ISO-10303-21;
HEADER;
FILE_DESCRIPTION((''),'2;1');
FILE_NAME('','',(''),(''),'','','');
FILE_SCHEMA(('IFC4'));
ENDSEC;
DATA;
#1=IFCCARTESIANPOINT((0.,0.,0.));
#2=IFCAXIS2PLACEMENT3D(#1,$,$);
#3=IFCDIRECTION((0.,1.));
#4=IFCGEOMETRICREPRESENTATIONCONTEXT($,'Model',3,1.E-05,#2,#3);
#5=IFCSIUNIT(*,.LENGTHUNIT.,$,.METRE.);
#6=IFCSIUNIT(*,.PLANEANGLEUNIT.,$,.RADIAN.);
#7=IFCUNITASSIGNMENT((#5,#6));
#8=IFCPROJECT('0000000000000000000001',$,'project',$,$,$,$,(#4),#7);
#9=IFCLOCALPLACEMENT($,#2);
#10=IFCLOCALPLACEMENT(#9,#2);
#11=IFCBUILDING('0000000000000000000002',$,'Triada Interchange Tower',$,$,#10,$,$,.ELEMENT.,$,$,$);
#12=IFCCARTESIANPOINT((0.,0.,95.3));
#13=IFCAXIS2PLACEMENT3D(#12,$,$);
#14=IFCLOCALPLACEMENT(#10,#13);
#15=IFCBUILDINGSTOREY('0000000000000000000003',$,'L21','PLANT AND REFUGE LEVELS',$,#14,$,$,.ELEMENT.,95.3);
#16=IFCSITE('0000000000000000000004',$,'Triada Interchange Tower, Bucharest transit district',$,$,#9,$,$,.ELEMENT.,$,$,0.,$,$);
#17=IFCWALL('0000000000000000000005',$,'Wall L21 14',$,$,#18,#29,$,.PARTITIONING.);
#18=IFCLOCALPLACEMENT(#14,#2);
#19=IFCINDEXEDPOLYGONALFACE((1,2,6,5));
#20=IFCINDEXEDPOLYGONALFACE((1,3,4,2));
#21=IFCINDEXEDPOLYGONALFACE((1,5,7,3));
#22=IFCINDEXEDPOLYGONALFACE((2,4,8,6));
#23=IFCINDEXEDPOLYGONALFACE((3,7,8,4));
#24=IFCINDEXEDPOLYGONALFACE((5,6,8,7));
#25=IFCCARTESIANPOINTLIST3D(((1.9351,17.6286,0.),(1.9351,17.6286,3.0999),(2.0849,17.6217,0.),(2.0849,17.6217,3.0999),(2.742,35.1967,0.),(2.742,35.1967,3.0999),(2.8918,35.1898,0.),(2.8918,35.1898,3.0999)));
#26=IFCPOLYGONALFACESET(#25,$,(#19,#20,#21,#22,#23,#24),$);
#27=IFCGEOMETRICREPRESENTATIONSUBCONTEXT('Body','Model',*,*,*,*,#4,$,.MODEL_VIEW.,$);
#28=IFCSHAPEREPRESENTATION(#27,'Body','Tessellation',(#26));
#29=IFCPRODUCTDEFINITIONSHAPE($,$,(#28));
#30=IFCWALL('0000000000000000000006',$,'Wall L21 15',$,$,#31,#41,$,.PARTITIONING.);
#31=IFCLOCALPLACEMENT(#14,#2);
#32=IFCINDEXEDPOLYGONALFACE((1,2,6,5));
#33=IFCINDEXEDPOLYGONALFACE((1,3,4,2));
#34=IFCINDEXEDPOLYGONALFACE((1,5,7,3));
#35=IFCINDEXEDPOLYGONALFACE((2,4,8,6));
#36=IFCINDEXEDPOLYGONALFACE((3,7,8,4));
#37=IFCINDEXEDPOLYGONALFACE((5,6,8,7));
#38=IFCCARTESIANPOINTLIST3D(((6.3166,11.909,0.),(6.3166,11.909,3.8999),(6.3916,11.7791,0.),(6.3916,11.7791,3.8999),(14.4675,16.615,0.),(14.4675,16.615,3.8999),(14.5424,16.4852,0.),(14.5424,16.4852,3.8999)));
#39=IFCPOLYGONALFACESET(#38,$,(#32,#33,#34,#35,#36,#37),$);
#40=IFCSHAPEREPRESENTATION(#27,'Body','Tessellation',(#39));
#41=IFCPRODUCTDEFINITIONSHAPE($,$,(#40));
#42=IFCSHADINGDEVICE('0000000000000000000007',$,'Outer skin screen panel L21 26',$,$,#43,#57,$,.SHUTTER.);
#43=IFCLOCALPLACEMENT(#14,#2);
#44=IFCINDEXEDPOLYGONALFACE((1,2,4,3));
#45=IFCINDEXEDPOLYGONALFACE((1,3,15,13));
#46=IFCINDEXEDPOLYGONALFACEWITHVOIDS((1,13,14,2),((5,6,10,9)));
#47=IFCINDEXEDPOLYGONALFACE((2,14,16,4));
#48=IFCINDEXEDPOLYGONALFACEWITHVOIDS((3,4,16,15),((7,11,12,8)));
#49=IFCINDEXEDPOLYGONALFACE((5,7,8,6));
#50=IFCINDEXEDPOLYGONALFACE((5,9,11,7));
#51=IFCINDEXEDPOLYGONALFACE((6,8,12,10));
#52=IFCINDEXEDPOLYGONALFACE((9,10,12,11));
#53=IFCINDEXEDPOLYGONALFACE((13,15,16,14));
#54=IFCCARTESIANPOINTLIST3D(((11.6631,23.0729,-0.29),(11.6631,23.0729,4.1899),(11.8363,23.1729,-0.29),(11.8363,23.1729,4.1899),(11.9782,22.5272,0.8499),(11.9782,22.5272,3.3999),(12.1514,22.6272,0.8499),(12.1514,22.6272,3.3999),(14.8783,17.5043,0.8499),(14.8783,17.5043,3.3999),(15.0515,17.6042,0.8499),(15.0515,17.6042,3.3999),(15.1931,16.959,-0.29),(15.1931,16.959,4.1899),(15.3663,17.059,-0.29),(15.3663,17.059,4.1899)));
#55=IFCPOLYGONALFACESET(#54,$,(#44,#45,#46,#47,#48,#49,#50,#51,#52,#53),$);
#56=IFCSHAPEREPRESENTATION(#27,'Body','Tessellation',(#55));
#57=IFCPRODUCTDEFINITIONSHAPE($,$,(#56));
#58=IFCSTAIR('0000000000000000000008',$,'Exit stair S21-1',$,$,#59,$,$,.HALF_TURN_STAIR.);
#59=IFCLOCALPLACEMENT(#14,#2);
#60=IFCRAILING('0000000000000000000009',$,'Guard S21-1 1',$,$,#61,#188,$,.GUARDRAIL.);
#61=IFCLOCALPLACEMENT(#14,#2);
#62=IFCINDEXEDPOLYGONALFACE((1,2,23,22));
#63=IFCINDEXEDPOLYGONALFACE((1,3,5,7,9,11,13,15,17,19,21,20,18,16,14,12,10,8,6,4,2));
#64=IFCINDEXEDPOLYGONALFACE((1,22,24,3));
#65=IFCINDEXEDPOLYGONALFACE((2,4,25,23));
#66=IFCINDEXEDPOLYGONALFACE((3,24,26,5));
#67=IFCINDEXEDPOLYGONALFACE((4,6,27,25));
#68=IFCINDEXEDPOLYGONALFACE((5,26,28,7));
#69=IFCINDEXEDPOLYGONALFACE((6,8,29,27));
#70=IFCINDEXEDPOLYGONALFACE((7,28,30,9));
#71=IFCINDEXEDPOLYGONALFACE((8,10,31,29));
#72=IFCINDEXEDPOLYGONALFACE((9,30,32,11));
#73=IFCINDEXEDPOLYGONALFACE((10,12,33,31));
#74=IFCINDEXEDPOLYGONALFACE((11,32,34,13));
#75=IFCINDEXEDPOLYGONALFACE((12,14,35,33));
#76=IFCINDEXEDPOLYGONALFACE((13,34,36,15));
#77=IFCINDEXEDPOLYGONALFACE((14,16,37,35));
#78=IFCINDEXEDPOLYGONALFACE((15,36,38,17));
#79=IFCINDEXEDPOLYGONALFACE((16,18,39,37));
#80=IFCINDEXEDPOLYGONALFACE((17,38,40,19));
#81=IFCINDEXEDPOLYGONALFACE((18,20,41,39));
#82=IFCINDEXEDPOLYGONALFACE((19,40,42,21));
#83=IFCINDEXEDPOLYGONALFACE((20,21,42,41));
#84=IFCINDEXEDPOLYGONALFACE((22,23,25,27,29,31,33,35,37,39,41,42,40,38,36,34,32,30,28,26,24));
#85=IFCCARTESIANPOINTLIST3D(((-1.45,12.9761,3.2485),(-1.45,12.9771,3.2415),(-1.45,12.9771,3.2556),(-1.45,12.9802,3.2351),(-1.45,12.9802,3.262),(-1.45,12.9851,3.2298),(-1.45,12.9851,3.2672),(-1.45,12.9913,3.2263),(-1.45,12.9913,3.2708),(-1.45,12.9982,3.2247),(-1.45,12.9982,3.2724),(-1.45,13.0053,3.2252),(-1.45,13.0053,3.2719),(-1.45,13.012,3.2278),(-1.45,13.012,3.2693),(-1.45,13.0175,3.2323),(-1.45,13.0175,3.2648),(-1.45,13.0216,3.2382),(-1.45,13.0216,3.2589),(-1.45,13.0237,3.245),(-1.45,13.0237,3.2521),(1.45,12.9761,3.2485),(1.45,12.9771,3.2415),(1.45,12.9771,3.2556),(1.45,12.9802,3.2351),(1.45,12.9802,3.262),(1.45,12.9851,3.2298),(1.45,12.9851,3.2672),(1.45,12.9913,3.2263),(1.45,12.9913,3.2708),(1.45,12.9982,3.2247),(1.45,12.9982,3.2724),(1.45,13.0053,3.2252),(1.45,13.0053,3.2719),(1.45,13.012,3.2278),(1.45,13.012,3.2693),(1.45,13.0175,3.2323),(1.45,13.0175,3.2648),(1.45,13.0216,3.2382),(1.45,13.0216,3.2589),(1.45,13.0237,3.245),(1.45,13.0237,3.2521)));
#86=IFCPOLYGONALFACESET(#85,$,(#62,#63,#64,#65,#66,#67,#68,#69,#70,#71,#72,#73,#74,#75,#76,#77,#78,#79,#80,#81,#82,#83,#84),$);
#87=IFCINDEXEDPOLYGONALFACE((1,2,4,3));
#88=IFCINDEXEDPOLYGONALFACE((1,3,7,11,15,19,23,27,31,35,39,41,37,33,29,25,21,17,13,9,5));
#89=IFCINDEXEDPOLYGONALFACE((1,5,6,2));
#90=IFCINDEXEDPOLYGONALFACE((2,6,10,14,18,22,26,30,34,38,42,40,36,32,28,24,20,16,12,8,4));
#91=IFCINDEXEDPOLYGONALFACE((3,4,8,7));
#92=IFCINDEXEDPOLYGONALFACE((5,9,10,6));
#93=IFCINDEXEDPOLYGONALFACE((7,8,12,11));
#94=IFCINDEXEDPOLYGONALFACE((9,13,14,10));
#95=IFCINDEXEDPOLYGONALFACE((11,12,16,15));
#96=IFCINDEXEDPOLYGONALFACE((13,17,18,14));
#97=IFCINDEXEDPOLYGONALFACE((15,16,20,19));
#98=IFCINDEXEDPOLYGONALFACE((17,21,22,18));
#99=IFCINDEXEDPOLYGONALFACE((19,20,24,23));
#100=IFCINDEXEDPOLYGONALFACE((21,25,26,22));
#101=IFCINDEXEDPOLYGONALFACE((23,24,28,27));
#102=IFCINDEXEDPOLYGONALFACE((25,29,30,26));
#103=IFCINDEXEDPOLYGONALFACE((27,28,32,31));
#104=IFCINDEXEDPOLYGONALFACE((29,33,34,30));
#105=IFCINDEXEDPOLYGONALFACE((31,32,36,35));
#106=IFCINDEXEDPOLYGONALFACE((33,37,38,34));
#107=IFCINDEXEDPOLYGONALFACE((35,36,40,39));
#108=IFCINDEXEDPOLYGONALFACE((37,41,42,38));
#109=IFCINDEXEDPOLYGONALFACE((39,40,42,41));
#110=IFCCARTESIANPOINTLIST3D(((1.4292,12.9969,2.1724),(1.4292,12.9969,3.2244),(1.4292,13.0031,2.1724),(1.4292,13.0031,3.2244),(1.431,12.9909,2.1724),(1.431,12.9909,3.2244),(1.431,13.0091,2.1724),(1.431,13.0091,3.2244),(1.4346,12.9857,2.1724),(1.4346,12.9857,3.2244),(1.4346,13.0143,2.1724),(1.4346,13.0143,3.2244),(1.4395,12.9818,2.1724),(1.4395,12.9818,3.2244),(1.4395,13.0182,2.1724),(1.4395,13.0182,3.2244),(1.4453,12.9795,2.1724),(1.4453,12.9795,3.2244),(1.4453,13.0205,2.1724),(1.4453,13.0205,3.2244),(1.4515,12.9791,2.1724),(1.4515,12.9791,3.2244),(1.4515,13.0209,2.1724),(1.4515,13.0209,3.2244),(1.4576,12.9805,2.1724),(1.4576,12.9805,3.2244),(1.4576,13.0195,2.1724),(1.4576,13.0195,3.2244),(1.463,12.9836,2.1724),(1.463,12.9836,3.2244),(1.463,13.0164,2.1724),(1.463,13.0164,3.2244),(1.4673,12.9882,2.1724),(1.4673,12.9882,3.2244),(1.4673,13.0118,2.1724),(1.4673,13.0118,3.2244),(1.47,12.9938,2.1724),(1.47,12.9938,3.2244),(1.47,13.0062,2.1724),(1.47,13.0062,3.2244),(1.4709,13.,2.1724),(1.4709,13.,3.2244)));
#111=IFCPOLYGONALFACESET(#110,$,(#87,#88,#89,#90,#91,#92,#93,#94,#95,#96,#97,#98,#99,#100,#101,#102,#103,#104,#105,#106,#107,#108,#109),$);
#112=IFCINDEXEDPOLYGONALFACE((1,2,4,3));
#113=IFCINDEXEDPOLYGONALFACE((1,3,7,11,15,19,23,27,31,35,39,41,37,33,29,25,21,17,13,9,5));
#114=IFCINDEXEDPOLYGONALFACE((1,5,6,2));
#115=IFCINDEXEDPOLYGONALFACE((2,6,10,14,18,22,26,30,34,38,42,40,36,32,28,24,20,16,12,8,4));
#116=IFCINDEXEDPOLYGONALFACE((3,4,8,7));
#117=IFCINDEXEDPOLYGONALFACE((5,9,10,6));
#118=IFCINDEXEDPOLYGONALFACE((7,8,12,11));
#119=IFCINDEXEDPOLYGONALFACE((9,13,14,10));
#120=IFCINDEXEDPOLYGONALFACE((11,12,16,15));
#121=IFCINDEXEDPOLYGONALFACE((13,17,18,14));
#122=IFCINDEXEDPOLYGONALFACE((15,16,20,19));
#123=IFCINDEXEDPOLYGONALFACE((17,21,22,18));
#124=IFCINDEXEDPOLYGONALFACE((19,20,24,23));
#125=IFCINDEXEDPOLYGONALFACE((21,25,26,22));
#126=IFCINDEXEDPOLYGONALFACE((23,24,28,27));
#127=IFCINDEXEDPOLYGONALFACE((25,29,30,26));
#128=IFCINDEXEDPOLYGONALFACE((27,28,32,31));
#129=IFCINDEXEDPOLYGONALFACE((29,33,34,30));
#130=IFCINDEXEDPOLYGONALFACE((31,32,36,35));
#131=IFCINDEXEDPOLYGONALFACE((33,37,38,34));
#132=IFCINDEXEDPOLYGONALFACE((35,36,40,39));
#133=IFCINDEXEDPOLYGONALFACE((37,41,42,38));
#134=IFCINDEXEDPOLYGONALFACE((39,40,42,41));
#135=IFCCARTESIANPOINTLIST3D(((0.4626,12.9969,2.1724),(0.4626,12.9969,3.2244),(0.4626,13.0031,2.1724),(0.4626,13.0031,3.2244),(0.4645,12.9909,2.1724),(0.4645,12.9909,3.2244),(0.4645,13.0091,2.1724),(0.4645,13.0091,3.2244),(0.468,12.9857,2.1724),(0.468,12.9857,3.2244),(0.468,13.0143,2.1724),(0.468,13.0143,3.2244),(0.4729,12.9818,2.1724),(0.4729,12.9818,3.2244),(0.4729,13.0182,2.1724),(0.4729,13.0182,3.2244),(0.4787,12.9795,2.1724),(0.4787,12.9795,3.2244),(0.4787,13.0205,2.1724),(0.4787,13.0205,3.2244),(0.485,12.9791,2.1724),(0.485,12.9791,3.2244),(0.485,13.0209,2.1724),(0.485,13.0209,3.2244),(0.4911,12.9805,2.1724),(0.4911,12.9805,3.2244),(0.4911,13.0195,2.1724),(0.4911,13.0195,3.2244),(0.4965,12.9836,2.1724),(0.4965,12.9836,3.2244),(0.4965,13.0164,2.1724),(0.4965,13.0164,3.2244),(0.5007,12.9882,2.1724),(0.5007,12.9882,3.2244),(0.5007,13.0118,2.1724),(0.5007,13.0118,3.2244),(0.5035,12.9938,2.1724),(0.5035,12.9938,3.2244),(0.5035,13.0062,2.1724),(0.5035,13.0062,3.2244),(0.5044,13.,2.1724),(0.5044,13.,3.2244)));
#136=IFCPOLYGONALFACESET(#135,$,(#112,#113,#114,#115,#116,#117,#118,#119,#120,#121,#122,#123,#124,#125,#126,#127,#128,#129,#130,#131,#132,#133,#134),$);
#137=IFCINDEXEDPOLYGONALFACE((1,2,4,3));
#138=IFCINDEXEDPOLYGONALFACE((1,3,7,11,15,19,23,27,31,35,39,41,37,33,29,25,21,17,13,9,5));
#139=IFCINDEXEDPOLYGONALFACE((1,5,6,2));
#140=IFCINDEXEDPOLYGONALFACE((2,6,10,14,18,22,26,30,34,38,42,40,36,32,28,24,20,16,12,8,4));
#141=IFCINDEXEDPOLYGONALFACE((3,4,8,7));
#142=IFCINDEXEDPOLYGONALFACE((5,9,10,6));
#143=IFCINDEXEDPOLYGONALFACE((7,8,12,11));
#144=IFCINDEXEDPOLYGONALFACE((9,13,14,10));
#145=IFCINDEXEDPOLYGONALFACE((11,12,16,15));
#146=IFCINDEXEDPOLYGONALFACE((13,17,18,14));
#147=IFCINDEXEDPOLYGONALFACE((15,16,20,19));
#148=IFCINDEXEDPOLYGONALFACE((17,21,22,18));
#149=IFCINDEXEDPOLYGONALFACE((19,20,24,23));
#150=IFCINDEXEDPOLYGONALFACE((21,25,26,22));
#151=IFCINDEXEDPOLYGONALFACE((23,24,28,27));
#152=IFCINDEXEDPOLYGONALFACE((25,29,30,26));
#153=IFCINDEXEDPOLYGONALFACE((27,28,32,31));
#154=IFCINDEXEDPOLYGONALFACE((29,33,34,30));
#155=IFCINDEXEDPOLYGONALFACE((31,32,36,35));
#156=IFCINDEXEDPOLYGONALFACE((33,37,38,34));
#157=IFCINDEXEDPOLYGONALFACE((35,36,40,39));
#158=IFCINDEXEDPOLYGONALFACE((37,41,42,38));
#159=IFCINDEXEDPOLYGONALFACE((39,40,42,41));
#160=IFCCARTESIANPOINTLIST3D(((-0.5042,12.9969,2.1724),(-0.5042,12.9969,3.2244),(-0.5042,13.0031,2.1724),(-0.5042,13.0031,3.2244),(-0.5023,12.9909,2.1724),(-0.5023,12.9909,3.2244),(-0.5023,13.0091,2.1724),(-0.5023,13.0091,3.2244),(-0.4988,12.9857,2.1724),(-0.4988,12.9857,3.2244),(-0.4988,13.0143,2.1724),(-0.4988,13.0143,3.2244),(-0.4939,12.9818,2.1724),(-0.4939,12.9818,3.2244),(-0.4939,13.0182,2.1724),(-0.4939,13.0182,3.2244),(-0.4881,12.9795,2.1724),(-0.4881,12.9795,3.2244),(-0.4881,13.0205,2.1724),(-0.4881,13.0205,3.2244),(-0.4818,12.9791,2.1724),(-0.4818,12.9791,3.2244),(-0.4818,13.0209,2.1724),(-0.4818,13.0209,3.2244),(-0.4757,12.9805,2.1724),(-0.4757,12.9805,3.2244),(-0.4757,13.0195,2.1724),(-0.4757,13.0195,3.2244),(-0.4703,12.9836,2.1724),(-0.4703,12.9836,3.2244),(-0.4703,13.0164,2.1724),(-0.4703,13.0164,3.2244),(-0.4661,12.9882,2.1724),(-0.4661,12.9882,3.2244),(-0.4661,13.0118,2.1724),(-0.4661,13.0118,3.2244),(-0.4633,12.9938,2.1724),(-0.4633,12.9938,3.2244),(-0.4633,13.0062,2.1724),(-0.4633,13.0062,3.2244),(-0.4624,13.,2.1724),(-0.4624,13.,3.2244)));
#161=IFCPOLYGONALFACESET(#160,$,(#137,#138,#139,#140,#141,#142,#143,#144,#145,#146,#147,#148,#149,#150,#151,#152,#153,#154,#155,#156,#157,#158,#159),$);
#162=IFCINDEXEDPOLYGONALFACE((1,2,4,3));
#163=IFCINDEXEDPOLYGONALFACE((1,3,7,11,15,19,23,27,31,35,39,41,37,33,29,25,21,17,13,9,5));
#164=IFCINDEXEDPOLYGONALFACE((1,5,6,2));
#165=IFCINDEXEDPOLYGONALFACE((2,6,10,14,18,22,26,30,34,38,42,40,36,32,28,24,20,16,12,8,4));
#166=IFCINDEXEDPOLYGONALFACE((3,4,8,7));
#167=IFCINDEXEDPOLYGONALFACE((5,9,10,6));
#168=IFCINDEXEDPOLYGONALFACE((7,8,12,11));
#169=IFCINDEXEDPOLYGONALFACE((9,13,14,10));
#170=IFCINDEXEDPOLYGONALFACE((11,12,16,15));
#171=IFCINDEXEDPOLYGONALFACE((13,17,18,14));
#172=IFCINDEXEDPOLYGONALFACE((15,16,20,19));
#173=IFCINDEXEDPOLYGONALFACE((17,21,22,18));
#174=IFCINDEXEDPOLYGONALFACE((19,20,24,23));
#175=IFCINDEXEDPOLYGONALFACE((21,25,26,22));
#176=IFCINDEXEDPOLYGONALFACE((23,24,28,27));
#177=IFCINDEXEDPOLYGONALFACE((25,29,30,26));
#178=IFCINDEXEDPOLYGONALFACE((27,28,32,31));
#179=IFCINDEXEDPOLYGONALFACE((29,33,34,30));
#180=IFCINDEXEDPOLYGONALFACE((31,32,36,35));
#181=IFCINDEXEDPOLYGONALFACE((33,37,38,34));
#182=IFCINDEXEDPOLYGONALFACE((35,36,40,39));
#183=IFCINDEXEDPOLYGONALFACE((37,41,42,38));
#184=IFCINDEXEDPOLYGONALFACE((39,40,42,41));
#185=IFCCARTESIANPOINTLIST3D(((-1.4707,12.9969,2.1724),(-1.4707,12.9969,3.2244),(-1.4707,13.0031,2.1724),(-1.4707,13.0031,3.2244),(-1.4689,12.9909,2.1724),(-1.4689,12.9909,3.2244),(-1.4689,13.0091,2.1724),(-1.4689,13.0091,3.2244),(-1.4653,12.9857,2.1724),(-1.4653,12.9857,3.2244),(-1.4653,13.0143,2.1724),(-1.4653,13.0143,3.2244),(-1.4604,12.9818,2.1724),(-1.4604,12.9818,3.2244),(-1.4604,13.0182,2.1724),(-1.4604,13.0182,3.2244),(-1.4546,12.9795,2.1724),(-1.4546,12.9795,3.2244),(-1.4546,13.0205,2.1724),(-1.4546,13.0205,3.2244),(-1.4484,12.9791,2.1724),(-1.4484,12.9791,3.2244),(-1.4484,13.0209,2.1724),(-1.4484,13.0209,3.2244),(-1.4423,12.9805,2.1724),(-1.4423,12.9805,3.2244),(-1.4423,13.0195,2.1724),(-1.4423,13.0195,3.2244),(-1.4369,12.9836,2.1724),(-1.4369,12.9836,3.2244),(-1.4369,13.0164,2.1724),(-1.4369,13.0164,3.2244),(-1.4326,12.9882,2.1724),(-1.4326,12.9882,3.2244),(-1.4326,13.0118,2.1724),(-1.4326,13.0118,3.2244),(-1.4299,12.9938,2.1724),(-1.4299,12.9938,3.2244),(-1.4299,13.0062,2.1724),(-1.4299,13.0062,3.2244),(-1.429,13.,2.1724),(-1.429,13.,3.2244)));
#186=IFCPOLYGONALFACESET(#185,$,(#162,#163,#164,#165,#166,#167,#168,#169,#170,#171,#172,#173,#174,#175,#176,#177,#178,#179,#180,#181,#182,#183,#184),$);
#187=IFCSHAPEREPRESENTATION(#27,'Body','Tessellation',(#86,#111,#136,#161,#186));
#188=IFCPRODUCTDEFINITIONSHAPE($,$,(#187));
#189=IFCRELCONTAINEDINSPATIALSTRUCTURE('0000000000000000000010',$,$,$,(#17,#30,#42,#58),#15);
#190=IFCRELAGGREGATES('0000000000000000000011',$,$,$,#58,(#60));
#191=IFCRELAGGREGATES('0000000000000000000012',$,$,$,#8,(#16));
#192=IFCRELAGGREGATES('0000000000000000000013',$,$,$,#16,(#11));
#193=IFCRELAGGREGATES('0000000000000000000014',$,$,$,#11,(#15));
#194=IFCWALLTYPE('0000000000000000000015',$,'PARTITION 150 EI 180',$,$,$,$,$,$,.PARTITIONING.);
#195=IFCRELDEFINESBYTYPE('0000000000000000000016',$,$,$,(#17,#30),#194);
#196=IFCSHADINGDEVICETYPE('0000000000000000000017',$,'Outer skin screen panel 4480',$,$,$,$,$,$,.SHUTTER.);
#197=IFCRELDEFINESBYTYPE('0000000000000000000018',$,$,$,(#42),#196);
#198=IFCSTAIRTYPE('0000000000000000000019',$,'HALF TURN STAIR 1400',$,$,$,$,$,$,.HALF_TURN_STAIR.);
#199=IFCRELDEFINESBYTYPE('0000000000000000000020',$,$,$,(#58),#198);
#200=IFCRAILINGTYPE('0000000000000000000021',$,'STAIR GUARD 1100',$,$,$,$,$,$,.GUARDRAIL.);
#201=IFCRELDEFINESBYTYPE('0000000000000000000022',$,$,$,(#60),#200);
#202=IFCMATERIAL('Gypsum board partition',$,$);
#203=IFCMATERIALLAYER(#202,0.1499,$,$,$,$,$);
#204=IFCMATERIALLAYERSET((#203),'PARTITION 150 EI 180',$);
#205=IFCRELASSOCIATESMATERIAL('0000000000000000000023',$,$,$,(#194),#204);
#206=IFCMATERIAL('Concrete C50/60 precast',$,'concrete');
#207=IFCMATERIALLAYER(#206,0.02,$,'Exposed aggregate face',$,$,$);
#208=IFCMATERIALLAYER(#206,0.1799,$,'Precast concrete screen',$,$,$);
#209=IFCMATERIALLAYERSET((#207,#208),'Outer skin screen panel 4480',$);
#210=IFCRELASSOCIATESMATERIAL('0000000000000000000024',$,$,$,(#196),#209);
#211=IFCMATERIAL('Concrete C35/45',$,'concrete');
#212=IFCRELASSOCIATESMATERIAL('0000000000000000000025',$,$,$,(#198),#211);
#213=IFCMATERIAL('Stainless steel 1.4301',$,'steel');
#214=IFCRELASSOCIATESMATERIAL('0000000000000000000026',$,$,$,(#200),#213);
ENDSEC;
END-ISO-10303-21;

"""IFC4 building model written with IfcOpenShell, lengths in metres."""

from ifc_helpers import new_model, si_unit, direction, frame, frame_2d, origin, origin_2d, place, context, subcontext, project, spatial, polyline, rectangle, circle, outline, extrude, material, layer, layer_set, type_object, element, aggregate, save


model = new_model("IFC4")

# Units and contexts
model_context = context("Model", 3, precision=1e-05, world=origin(), true_north=direction((0.0, 1.0)))
body_context = subcontext(model_context, "Body", "Model", "MODEL_VIEW")
ifc_project = project(units=[si_unit("LENGTHUNIT", "METRE"), si_unit("PLANEANGLEUNIT", "RADIAN")], contexts=[model_context])

# Site, building, storey
site_placement = place(None, origin())
site = spatial("IfcSite", under=ifc_project, at=site_placement, Name="Triada Interchange Tower, Bucharest transit district", CompositionType="ELEMENT", RefElevation=0.0)
building_placement = place(site_placement, origin())
building = spatial("IfcBuilding", under=site, at=building_placement, Name="Triada Interchange Tower", CompositionType="ELEMENT")
storey_placement = place(building_placement, frame((0.0, 0.0, 95.3)))
storey = spatial("IfcBuildingStorey", under=building, at=storey_placement, Name="L21", Description="PLANT AND REFUGE LEVELS", CompositionType="ELEMENT", Elevation=95.3)

# Shared definitions
ifc_material_1 = material(Name="Concrete C35/45", Category="concrete")

# Shared definitions
ifc_material_2 = material(Name="Gypsum board partition")
ifc_layer_1 = layer(ifc_material_2, 0.1499)
ifc_layer_set_1 = layer_set([ifc_layer_1], Name="PARTITION 150 EI 180")
wall_type_1 = type_object("IfcWallType", Name="PARTITION 150 EI 180", PredefinedType="PARTITIONING", material=ifc_layer_set_1)

# Walls
wall_1_placement = place(storey_placement, frame((2.01, 17.625, 0.0), z_axis=(0.0, 0.0, 1.0), x_axis=(0.045881, 0.998947, 0.0)))
element("IfcWall", 1, at=wall_1_placement, inside=storey, type_object=wall_type_1, Name="Wall L21 14", PredefinedType="PARTITIONING", context=body_context, shape_type="SweptSolid", body=[
    extrude(rectangle(XDim=17.5867, YDim=0.1499, at=frame_2d((8.7935, 0.0))), origin(), (0.0, 0.0, 1.0), 3.0999),
])
wall_2_placement = place(storey_placement, frame((6.354, 11.844, 0.0), z_axis=(0.0, 0.0, 1.0), x_axis=(0.866019, 0.500011, 0.0)))
element("IfcWall", 2, at=wall_2_placement, inside=storey, type_object=wall_type_1, Name="Wall L21 15", PredefinedType="PARTITIONING", context=body_context, shape_type="SweptSolid", body=[
    extrude(rectangle(XDim=9.4119, YDim=0.1499, at=frame_2d((4.7061, 0.0))), origin(), (0.0, 0.0, 1.0), 3.8999),
])

# Shading device
ifc_material_3 = material(Name="Concrete C50/60 precast", Category="concrete")
ifc_layer_2 = layer(ifc_material_3, 0.02, Name="Exposed aggregate face")
ifc_layer_3 = layer(ifc_material_3, 0.1799, Name="Precast concrete screen")
ifc_layer_set_2 = layer_set([ifc_layer_2, ifc_layer_3], Name="Outer skin screen panel 4480")
shading_device_type = type_object("IfcShadingDeviceType", Name="Outer skin screen panel 4480", PredefinedType="SHUTTER", material=ifc_layer_set_2)
shading_device_placement = place(storey_placement, frame((15.1931, 16.959, -0.29), z_axis=(0.0, 0.0, 1.0), x_axis=(-0.500011, 0.866019, 0.0)))
element("IfcShadingDevice", 3, at=shading_device_placement, inside=storey, type_object=shading_device_type, Name="Outer skin screen panel L21 26", PredefinedType="SHUTTER", context=body_context, shape_type="SweptSolid", body=[
    extrude(outline(polyline([(0.0, 0.0), (7.0598, 0.0), (7.0598, 4.48), (0.0, 4.48), (0.0, 0.0)]), holes=[polyline([(0.6296, 1.1399), (0.6296, 3.6899), (6.4297, 3.6899), (6.4297, 1.1399), (0.6296, 1.1399)])]), frame((0.0, 0.0, 0.0), z_axis=(0.0, -1.0, 0.0), x_axis=(1.0, 0.0, 0.0)), (0.0, 0.0, 1.0), 0.2),
])

# Stair, railing
stair_type = type_object("IfcStairType", Name="HALF TURN STAIR 1400", PredefinedType="HALF_TURN_STAIR", material=ifc_material_1)
stair_placement = place(storey_placement, origin())
stair = element("IfcStair", 4, at=stair_placement, inside=storey, type_object=stair_type, Name="Exit stair S21-1", PredefinedType="HALF_TURN_STAIR")
ifc_material_4 = material(Name="Stainless steel 1.4301", Category="steel")
railing_type_1 = type_object("IfcRailingType", Name="STAIR GUARD 1100", PredefinedType="GUARDRAIL", material=ifc_material_4)
railing_1_placement = place(storey_placement, frame((1.45, 13.0, 2.1724)))
railing_1 = element("IfcRailing", 5, at=railing_1_placement, type_object=railing_type_1, Name="Guard S21-1 1", PredefinedType="GUARDRAIL", context=body_context, shape_type="SweptSolid", body=[
    extrude(circle(Radius=0.0239, at=origin_2d()), frame((0.0, 0.0, 1.0762), z_axis=(-1.0, 0.0, 0.0), x_axis=(0.0, -1.0, 0.0)), (0.0, 0.0, 1.0), 2.8999),
    extrude(circle(Radius=0.021, at=origin_2d()), origin(), (0.0, 0.0, 1.0), 1.052),
    extrude(circle(Radius=0.021, at=origin_2d()), frame((-0.9666, 0.0, 0.0)), (0.0, 0.0, 1.0), 1.052),
    extrude(circle(Radius=0.021, at=origin_2d()), frame((-1.9333, 0.0, 0.0)), (0.0, 0.0, 1.0), 1.052),
    extrude(circle(Radius=0.021, at=origin_2d()), frame((-2.8999, 0.0, 0.0)), (0.0, 0.0, 1.0), 1.052),
])
aggregate(stair, [railing_1])

save(model, "model.ifc")
